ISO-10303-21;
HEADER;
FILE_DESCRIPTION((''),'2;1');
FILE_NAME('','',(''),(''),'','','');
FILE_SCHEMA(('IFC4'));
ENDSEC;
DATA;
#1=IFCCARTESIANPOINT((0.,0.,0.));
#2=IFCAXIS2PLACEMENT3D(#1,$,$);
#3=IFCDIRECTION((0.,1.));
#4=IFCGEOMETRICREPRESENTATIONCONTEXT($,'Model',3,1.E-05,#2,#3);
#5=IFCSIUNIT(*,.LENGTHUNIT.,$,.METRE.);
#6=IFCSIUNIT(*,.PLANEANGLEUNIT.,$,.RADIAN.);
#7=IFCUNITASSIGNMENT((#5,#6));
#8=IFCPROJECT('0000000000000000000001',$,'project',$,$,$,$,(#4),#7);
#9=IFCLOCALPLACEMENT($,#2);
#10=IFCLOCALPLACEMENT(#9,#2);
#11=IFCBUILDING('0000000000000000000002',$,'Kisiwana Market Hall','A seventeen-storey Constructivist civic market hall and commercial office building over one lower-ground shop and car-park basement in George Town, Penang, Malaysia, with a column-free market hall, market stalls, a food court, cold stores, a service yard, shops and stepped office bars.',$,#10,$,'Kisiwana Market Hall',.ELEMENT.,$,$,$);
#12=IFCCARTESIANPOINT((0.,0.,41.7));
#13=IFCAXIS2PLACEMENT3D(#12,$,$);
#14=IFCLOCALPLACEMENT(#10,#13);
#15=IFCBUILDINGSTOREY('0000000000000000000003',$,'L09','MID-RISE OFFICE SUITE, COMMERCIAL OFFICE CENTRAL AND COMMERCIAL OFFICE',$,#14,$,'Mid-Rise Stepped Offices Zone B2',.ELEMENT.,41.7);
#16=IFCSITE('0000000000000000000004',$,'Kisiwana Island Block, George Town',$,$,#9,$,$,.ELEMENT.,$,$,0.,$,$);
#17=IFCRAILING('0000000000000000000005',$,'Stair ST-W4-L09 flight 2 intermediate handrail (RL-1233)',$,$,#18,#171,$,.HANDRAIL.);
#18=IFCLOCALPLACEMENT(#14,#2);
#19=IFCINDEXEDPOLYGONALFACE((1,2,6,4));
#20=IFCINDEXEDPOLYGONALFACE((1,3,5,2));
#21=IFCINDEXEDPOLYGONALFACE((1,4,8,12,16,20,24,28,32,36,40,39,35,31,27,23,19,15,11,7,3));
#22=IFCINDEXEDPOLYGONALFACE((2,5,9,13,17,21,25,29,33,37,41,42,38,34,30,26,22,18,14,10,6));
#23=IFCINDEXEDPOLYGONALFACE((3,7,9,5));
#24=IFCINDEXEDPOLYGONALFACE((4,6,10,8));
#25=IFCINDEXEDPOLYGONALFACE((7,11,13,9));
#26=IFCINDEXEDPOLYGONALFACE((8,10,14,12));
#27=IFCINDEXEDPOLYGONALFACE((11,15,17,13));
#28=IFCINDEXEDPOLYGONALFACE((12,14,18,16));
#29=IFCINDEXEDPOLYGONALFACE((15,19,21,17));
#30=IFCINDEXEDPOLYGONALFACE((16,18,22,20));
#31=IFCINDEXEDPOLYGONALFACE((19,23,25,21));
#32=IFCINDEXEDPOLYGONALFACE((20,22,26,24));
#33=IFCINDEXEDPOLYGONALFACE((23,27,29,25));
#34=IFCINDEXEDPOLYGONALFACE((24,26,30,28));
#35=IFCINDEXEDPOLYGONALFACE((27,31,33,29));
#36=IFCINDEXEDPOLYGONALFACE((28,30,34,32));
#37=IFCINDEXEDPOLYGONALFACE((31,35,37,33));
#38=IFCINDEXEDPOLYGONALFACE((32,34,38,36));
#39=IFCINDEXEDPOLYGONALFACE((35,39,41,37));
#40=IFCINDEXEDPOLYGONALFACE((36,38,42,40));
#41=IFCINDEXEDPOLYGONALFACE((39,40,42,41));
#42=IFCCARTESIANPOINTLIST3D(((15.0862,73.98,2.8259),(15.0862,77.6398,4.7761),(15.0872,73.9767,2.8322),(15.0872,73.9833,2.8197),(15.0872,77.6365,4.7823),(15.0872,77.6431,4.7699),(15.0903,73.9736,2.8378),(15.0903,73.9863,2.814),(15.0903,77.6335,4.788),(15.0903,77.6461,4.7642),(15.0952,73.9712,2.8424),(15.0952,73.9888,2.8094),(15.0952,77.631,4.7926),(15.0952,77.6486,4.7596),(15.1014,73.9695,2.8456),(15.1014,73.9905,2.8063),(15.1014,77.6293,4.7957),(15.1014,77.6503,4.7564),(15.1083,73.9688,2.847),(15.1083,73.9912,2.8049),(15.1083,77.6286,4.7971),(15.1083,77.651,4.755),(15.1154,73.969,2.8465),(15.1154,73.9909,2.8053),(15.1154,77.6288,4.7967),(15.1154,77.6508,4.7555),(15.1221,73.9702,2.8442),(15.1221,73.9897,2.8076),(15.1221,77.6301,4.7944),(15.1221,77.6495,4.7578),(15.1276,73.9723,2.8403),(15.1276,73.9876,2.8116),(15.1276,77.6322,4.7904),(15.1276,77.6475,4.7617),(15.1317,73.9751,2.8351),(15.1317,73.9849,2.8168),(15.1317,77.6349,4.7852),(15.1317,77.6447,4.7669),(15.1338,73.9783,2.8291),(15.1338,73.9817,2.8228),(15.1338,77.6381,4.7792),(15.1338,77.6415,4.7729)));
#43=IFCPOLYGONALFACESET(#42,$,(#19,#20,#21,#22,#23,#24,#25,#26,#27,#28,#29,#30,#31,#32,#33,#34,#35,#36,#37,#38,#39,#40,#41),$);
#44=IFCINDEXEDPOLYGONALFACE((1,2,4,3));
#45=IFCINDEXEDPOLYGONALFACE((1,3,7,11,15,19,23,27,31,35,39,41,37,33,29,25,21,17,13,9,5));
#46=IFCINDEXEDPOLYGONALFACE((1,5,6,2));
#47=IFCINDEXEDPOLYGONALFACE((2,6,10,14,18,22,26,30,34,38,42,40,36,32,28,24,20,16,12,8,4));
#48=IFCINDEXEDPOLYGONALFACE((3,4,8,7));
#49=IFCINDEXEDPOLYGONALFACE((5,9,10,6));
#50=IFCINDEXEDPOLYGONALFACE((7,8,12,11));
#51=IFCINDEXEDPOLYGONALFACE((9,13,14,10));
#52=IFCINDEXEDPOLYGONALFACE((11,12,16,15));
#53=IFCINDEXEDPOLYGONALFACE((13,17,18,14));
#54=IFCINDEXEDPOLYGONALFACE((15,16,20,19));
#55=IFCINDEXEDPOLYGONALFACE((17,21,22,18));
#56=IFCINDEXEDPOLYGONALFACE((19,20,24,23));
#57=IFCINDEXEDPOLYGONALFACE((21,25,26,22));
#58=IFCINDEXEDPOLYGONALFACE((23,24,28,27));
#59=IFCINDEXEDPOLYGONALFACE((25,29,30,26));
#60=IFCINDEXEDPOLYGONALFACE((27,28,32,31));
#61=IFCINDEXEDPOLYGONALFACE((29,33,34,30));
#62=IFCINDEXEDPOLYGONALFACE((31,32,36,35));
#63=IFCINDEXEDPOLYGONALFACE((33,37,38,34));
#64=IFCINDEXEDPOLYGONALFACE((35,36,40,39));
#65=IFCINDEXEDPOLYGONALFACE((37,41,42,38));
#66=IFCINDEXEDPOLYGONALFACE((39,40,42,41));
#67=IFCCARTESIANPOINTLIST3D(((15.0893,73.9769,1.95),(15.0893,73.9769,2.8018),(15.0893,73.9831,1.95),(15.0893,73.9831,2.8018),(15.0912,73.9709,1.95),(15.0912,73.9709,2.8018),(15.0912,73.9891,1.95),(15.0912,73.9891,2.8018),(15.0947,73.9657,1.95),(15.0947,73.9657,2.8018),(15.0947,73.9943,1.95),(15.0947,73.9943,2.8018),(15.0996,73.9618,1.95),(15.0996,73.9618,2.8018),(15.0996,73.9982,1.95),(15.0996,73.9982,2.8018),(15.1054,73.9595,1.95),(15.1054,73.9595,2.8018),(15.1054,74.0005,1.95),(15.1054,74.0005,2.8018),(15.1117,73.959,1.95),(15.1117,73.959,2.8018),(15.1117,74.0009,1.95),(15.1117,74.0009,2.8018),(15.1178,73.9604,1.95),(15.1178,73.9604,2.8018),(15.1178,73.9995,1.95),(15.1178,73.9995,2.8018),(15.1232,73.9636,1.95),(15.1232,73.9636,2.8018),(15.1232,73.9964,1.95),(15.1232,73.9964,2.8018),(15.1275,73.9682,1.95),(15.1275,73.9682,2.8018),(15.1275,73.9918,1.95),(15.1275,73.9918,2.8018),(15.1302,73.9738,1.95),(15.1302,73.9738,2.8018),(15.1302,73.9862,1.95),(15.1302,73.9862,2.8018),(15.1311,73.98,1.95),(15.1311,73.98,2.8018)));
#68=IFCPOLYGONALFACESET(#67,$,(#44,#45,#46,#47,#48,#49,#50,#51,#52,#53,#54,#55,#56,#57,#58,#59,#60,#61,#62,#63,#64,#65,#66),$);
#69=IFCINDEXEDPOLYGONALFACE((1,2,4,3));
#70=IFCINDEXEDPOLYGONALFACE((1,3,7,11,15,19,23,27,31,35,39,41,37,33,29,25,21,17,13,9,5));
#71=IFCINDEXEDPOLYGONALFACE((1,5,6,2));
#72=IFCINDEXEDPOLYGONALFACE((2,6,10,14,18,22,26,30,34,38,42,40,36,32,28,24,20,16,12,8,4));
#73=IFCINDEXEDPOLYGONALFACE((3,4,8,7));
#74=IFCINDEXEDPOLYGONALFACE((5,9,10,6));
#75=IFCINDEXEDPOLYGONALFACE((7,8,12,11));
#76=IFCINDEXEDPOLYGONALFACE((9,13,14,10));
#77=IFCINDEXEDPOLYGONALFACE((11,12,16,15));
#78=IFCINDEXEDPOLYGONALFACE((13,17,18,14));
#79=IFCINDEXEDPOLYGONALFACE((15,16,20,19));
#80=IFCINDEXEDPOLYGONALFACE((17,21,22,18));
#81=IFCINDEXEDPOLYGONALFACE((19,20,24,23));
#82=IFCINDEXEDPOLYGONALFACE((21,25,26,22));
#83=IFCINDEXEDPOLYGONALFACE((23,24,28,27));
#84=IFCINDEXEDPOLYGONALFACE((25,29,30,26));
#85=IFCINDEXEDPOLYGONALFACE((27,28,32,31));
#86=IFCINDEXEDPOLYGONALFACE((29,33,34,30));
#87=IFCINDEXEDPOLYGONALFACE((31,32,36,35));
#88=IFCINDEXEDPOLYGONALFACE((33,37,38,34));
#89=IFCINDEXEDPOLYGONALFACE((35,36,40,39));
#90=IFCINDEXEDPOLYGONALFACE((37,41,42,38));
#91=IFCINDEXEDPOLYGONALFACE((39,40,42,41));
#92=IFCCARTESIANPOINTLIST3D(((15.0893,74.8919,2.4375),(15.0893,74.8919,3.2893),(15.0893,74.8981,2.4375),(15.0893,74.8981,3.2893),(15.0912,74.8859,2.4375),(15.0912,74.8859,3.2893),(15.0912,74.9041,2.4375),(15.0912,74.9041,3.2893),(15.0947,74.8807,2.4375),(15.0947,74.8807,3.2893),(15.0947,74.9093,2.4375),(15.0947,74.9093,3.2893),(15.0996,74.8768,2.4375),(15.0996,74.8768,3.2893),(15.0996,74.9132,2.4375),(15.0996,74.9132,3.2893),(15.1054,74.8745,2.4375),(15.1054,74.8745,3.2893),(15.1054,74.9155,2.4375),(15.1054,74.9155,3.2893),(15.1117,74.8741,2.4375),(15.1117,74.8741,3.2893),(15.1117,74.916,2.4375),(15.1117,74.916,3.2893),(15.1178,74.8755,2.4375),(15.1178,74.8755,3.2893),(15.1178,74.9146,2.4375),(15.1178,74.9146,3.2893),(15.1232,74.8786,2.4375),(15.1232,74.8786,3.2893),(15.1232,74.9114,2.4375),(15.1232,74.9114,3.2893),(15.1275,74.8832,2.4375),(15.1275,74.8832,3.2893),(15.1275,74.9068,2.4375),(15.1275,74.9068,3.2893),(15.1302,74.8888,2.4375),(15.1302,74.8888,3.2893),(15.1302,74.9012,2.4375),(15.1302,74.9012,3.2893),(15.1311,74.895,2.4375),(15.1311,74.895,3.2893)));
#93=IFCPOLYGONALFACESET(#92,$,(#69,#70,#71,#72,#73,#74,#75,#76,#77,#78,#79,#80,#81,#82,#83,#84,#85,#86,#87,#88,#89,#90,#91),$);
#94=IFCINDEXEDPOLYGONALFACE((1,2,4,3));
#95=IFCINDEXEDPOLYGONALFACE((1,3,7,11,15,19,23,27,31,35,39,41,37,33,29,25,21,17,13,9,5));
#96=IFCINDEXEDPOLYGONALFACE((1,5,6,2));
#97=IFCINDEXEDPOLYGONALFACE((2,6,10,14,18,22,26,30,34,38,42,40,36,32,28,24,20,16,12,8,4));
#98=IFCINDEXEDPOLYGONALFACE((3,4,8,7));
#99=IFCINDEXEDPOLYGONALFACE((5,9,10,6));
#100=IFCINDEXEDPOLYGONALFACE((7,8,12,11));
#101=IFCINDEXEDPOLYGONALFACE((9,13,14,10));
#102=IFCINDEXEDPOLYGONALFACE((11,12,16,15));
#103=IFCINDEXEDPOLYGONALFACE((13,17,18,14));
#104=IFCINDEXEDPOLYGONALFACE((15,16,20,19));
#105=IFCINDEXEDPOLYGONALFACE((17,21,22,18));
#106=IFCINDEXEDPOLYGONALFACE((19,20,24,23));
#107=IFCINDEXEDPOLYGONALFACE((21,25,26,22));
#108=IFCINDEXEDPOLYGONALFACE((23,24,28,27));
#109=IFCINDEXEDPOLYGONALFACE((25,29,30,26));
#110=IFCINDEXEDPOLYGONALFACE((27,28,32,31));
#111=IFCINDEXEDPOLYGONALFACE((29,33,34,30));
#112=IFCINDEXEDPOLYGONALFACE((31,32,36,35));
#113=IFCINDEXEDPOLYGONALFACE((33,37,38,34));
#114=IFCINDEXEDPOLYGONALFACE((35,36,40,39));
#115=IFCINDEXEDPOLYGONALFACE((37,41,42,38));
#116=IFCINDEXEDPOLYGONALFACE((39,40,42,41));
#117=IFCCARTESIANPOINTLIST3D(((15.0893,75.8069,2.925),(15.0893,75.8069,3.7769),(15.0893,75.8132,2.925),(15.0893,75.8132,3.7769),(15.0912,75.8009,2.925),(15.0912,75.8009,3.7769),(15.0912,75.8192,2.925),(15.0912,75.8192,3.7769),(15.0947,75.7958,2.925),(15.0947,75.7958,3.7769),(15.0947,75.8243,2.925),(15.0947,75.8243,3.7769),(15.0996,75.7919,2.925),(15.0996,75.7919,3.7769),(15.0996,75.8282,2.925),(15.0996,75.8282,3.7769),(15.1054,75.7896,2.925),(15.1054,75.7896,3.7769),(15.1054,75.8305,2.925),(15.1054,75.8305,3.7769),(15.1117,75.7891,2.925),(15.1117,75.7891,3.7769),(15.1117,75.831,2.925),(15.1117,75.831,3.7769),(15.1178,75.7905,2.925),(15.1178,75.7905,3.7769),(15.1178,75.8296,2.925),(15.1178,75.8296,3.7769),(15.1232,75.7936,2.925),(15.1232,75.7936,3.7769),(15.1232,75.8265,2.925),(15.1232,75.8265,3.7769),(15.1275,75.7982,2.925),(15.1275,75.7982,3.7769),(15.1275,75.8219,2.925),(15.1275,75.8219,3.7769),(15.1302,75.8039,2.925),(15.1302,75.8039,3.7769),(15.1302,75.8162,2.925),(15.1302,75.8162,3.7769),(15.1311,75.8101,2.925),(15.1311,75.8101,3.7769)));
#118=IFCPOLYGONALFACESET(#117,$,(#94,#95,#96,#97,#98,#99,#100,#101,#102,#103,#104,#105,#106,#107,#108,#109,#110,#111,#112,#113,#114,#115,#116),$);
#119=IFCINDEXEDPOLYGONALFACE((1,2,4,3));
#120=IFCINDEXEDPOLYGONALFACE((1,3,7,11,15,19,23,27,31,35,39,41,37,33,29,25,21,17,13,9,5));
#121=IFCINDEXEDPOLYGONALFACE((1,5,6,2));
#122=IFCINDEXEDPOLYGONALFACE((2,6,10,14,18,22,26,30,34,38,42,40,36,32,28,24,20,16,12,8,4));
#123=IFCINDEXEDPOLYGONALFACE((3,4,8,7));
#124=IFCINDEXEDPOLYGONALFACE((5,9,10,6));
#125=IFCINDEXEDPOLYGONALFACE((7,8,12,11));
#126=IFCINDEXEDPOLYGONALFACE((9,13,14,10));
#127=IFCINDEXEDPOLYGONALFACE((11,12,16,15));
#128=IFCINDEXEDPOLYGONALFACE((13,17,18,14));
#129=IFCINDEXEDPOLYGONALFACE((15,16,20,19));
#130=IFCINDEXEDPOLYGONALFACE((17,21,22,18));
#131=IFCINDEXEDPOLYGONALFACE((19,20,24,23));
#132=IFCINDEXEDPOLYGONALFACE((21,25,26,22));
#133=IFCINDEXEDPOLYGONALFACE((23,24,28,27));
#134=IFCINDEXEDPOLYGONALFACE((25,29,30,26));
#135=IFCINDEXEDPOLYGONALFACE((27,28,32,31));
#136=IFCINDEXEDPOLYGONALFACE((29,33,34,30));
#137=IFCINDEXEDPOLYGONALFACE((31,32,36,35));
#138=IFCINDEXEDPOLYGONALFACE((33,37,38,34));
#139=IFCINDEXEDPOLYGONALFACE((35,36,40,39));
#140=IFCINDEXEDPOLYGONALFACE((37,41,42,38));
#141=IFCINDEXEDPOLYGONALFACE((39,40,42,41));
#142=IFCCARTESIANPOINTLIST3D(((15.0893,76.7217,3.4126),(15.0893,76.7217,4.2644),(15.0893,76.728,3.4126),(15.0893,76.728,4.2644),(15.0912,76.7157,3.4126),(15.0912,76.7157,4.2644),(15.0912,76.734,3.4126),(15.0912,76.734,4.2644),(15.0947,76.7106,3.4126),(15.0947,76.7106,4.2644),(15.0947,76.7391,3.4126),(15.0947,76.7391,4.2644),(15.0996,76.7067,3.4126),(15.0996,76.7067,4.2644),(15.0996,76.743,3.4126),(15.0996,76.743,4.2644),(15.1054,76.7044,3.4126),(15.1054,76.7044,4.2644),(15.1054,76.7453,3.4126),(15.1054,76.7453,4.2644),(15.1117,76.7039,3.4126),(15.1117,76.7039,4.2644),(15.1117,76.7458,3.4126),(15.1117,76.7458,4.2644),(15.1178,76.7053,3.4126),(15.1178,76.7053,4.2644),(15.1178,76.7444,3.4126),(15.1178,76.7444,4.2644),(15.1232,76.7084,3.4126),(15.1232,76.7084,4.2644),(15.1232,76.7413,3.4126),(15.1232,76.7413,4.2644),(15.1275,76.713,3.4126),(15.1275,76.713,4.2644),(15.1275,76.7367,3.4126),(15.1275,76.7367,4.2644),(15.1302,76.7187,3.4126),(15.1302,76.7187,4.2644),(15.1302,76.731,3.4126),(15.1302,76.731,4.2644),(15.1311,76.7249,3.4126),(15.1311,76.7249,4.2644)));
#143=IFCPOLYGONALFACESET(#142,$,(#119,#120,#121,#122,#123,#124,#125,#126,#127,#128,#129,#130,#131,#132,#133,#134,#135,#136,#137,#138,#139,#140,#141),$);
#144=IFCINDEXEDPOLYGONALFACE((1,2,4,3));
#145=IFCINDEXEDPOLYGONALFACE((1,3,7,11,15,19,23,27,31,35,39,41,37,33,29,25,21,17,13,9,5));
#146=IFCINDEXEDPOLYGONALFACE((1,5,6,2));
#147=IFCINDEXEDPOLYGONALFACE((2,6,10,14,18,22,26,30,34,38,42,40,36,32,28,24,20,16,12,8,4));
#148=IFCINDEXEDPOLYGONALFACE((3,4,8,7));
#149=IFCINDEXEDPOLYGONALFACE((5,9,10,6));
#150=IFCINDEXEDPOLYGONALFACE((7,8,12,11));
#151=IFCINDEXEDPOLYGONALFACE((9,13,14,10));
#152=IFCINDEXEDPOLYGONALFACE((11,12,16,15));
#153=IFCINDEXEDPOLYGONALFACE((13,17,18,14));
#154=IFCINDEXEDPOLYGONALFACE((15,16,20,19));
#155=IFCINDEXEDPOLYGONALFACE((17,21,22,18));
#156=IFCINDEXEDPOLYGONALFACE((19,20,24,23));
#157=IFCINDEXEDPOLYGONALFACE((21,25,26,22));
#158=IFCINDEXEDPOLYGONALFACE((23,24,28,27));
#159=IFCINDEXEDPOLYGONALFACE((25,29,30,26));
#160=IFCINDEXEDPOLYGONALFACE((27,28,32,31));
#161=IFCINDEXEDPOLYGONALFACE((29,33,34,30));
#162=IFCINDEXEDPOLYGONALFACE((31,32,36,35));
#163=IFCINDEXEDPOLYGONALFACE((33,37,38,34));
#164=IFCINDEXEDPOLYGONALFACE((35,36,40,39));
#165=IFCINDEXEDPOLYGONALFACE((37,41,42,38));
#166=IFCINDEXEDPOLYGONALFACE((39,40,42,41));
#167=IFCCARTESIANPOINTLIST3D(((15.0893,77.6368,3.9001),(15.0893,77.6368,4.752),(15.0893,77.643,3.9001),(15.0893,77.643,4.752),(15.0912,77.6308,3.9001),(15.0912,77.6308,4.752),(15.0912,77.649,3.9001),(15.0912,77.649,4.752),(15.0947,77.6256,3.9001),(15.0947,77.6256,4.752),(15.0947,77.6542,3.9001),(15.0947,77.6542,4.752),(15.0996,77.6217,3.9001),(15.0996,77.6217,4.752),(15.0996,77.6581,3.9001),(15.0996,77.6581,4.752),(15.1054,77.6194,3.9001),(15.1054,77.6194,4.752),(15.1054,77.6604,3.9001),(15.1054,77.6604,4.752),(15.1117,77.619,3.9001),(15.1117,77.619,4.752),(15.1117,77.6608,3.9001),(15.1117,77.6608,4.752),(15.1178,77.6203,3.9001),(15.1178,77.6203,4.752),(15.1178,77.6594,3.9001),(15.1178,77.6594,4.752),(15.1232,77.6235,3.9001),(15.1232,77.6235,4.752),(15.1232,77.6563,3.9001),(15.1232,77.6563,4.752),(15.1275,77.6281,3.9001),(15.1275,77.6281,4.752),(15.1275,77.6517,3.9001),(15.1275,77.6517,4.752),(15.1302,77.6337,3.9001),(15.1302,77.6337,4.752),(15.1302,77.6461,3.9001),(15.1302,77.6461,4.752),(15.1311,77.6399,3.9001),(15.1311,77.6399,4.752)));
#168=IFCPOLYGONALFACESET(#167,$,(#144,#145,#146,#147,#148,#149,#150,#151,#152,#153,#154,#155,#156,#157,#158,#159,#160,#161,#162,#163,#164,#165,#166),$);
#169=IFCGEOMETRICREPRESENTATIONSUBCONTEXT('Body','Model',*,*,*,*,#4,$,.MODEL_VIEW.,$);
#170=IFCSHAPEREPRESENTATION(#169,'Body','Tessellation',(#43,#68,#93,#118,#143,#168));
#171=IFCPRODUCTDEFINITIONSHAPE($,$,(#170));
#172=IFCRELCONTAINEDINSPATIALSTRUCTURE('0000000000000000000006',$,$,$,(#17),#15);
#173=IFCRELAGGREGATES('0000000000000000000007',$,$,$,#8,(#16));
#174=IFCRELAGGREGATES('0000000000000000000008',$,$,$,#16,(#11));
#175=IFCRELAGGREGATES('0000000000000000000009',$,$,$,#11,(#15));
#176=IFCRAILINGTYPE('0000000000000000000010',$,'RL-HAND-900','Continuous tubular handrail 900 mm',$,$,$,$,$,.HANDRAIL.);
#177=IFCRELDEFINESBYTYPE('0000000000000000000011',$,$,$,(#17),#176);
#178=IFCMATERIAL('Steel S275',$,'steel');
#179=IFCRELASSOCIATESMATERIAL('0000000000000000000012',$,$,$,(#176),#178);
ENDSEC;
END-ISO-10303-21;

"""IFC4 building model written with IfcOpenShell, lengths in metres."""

from ifc_helpers import new_model, si_unit, direction, frame, origin, origin_2d, place, context, subcontext, project, spatial, circle, extrude, material, type_object, element, save


model = new_model("IFC4")

# Units and contexts
model_context = context("Model", 3, precision=1e-05, world=origin(), true_north=direction((0.0, 1.0)))
body_context = subcontext(model_context, "Body", "Model", "MODEL_VIEW")
ifc_project = project(units=[si_unit("LENGTHUNIT", "METRE"), si_unit("PLANEANGLEUNIT", "RADIAN")], contexts=[model_context])

# Site, building, storey
site_placement = place(None, origin())
site = spatial("IfcSite", under=ifc_project, at=site_placement, Name="Kisiwana Island Block, George Town", CompositionType="ELEMENT", RefElevation=0.0)
building_placement = place(site_placement, origin())
building = spatial("IfcBuilding", under=site, at=building_placement, Name="Kisiwana Market Hall", Description="A seventeen-storey Constructivist civic market hall and commercial office building over one lower-ground shop and car-park basement in George Town, Penang, Malaysia, with a column-free market hall, market stalls, a food court, cold stores, a service yard, shops and stepped office bars.", LongName="Kisiwana Market Hall", CompositionType="ELEMENT")
storey_placement = place(building_placement, frame((0.0, 0.0, 41.7)))
storey = spatial("IfcBuildingStorey", under=building, at=storey_placement, Name="L09", Description="MID-RISE OFFICE SUITE, COMMERCIAL OFFICE CENTRAL AND COMMERCIAL OFFICE", LongName="Mid-Rise Stepped Offices Zone B2", CompositionType="ELEMENT", Elevation=41.7)

# Railing
ifc_material_1 = material(Name="Steel S275", Category="steel")
railing_type_1 = type_object("IfcRailingType", Name="RL-HAND-900", Description="Continuous tubular handrail 900 mm", PredefinedType="HANDRAIL", material=ifc_material_1)
for number, where, name in (
    (1, (15.1101, 73.98, 1.95), "Stair ST-W4-L09 flight 2 intermediate handrail (RL-1233)"),
):
    element("IfcRailing", number, at=place(storey_placement, frame(where)), inside=storey, type_object=railing_type_1, Name=name, PredefinedType="HANDRAIL", context=body_context, shape_type="SweptSolid", body=[
        extrude(circle(Radius=0.0239, at=origin_2d()), frame((0.0, 0.0, 0.876), z_axis=(0.0, 0.882529, 0.470258), x_axis=(-1.0, 0.0, 0.0)), (0.0, 0.0, 1.0), 4.147),
        extrude(circle(Radius=0.021, at=origin_2d()), origin(), (0.0, 0.0, 1.0), 0.8518),
        extrude(circle(Radius=0.021, at=origin_2d()), frame((0.0, 0.915, 0.4875)), (0.0, 0.0, 1.0), 0.8518),
        extrude(circle(Radius=0.021, at=origin_2d()), frame((0.0, 1.8301, 0.9751)), (0.0, 0.0, 1.0), 0.8518),
        extrude(circle(Radius=0.021, at=origin_2d()), frame((0.0, 2.7449, 1.4626)), (0.0, 0.0, 1.0), 0.8518),
        extrude(circle(Radius=0.021, at=origin_2d()), frame((0.0, 3.6599, 1.9502)), (0.0, 0.0, 1.0), 0.8518),
    ])

save(model, "model.ifc")
